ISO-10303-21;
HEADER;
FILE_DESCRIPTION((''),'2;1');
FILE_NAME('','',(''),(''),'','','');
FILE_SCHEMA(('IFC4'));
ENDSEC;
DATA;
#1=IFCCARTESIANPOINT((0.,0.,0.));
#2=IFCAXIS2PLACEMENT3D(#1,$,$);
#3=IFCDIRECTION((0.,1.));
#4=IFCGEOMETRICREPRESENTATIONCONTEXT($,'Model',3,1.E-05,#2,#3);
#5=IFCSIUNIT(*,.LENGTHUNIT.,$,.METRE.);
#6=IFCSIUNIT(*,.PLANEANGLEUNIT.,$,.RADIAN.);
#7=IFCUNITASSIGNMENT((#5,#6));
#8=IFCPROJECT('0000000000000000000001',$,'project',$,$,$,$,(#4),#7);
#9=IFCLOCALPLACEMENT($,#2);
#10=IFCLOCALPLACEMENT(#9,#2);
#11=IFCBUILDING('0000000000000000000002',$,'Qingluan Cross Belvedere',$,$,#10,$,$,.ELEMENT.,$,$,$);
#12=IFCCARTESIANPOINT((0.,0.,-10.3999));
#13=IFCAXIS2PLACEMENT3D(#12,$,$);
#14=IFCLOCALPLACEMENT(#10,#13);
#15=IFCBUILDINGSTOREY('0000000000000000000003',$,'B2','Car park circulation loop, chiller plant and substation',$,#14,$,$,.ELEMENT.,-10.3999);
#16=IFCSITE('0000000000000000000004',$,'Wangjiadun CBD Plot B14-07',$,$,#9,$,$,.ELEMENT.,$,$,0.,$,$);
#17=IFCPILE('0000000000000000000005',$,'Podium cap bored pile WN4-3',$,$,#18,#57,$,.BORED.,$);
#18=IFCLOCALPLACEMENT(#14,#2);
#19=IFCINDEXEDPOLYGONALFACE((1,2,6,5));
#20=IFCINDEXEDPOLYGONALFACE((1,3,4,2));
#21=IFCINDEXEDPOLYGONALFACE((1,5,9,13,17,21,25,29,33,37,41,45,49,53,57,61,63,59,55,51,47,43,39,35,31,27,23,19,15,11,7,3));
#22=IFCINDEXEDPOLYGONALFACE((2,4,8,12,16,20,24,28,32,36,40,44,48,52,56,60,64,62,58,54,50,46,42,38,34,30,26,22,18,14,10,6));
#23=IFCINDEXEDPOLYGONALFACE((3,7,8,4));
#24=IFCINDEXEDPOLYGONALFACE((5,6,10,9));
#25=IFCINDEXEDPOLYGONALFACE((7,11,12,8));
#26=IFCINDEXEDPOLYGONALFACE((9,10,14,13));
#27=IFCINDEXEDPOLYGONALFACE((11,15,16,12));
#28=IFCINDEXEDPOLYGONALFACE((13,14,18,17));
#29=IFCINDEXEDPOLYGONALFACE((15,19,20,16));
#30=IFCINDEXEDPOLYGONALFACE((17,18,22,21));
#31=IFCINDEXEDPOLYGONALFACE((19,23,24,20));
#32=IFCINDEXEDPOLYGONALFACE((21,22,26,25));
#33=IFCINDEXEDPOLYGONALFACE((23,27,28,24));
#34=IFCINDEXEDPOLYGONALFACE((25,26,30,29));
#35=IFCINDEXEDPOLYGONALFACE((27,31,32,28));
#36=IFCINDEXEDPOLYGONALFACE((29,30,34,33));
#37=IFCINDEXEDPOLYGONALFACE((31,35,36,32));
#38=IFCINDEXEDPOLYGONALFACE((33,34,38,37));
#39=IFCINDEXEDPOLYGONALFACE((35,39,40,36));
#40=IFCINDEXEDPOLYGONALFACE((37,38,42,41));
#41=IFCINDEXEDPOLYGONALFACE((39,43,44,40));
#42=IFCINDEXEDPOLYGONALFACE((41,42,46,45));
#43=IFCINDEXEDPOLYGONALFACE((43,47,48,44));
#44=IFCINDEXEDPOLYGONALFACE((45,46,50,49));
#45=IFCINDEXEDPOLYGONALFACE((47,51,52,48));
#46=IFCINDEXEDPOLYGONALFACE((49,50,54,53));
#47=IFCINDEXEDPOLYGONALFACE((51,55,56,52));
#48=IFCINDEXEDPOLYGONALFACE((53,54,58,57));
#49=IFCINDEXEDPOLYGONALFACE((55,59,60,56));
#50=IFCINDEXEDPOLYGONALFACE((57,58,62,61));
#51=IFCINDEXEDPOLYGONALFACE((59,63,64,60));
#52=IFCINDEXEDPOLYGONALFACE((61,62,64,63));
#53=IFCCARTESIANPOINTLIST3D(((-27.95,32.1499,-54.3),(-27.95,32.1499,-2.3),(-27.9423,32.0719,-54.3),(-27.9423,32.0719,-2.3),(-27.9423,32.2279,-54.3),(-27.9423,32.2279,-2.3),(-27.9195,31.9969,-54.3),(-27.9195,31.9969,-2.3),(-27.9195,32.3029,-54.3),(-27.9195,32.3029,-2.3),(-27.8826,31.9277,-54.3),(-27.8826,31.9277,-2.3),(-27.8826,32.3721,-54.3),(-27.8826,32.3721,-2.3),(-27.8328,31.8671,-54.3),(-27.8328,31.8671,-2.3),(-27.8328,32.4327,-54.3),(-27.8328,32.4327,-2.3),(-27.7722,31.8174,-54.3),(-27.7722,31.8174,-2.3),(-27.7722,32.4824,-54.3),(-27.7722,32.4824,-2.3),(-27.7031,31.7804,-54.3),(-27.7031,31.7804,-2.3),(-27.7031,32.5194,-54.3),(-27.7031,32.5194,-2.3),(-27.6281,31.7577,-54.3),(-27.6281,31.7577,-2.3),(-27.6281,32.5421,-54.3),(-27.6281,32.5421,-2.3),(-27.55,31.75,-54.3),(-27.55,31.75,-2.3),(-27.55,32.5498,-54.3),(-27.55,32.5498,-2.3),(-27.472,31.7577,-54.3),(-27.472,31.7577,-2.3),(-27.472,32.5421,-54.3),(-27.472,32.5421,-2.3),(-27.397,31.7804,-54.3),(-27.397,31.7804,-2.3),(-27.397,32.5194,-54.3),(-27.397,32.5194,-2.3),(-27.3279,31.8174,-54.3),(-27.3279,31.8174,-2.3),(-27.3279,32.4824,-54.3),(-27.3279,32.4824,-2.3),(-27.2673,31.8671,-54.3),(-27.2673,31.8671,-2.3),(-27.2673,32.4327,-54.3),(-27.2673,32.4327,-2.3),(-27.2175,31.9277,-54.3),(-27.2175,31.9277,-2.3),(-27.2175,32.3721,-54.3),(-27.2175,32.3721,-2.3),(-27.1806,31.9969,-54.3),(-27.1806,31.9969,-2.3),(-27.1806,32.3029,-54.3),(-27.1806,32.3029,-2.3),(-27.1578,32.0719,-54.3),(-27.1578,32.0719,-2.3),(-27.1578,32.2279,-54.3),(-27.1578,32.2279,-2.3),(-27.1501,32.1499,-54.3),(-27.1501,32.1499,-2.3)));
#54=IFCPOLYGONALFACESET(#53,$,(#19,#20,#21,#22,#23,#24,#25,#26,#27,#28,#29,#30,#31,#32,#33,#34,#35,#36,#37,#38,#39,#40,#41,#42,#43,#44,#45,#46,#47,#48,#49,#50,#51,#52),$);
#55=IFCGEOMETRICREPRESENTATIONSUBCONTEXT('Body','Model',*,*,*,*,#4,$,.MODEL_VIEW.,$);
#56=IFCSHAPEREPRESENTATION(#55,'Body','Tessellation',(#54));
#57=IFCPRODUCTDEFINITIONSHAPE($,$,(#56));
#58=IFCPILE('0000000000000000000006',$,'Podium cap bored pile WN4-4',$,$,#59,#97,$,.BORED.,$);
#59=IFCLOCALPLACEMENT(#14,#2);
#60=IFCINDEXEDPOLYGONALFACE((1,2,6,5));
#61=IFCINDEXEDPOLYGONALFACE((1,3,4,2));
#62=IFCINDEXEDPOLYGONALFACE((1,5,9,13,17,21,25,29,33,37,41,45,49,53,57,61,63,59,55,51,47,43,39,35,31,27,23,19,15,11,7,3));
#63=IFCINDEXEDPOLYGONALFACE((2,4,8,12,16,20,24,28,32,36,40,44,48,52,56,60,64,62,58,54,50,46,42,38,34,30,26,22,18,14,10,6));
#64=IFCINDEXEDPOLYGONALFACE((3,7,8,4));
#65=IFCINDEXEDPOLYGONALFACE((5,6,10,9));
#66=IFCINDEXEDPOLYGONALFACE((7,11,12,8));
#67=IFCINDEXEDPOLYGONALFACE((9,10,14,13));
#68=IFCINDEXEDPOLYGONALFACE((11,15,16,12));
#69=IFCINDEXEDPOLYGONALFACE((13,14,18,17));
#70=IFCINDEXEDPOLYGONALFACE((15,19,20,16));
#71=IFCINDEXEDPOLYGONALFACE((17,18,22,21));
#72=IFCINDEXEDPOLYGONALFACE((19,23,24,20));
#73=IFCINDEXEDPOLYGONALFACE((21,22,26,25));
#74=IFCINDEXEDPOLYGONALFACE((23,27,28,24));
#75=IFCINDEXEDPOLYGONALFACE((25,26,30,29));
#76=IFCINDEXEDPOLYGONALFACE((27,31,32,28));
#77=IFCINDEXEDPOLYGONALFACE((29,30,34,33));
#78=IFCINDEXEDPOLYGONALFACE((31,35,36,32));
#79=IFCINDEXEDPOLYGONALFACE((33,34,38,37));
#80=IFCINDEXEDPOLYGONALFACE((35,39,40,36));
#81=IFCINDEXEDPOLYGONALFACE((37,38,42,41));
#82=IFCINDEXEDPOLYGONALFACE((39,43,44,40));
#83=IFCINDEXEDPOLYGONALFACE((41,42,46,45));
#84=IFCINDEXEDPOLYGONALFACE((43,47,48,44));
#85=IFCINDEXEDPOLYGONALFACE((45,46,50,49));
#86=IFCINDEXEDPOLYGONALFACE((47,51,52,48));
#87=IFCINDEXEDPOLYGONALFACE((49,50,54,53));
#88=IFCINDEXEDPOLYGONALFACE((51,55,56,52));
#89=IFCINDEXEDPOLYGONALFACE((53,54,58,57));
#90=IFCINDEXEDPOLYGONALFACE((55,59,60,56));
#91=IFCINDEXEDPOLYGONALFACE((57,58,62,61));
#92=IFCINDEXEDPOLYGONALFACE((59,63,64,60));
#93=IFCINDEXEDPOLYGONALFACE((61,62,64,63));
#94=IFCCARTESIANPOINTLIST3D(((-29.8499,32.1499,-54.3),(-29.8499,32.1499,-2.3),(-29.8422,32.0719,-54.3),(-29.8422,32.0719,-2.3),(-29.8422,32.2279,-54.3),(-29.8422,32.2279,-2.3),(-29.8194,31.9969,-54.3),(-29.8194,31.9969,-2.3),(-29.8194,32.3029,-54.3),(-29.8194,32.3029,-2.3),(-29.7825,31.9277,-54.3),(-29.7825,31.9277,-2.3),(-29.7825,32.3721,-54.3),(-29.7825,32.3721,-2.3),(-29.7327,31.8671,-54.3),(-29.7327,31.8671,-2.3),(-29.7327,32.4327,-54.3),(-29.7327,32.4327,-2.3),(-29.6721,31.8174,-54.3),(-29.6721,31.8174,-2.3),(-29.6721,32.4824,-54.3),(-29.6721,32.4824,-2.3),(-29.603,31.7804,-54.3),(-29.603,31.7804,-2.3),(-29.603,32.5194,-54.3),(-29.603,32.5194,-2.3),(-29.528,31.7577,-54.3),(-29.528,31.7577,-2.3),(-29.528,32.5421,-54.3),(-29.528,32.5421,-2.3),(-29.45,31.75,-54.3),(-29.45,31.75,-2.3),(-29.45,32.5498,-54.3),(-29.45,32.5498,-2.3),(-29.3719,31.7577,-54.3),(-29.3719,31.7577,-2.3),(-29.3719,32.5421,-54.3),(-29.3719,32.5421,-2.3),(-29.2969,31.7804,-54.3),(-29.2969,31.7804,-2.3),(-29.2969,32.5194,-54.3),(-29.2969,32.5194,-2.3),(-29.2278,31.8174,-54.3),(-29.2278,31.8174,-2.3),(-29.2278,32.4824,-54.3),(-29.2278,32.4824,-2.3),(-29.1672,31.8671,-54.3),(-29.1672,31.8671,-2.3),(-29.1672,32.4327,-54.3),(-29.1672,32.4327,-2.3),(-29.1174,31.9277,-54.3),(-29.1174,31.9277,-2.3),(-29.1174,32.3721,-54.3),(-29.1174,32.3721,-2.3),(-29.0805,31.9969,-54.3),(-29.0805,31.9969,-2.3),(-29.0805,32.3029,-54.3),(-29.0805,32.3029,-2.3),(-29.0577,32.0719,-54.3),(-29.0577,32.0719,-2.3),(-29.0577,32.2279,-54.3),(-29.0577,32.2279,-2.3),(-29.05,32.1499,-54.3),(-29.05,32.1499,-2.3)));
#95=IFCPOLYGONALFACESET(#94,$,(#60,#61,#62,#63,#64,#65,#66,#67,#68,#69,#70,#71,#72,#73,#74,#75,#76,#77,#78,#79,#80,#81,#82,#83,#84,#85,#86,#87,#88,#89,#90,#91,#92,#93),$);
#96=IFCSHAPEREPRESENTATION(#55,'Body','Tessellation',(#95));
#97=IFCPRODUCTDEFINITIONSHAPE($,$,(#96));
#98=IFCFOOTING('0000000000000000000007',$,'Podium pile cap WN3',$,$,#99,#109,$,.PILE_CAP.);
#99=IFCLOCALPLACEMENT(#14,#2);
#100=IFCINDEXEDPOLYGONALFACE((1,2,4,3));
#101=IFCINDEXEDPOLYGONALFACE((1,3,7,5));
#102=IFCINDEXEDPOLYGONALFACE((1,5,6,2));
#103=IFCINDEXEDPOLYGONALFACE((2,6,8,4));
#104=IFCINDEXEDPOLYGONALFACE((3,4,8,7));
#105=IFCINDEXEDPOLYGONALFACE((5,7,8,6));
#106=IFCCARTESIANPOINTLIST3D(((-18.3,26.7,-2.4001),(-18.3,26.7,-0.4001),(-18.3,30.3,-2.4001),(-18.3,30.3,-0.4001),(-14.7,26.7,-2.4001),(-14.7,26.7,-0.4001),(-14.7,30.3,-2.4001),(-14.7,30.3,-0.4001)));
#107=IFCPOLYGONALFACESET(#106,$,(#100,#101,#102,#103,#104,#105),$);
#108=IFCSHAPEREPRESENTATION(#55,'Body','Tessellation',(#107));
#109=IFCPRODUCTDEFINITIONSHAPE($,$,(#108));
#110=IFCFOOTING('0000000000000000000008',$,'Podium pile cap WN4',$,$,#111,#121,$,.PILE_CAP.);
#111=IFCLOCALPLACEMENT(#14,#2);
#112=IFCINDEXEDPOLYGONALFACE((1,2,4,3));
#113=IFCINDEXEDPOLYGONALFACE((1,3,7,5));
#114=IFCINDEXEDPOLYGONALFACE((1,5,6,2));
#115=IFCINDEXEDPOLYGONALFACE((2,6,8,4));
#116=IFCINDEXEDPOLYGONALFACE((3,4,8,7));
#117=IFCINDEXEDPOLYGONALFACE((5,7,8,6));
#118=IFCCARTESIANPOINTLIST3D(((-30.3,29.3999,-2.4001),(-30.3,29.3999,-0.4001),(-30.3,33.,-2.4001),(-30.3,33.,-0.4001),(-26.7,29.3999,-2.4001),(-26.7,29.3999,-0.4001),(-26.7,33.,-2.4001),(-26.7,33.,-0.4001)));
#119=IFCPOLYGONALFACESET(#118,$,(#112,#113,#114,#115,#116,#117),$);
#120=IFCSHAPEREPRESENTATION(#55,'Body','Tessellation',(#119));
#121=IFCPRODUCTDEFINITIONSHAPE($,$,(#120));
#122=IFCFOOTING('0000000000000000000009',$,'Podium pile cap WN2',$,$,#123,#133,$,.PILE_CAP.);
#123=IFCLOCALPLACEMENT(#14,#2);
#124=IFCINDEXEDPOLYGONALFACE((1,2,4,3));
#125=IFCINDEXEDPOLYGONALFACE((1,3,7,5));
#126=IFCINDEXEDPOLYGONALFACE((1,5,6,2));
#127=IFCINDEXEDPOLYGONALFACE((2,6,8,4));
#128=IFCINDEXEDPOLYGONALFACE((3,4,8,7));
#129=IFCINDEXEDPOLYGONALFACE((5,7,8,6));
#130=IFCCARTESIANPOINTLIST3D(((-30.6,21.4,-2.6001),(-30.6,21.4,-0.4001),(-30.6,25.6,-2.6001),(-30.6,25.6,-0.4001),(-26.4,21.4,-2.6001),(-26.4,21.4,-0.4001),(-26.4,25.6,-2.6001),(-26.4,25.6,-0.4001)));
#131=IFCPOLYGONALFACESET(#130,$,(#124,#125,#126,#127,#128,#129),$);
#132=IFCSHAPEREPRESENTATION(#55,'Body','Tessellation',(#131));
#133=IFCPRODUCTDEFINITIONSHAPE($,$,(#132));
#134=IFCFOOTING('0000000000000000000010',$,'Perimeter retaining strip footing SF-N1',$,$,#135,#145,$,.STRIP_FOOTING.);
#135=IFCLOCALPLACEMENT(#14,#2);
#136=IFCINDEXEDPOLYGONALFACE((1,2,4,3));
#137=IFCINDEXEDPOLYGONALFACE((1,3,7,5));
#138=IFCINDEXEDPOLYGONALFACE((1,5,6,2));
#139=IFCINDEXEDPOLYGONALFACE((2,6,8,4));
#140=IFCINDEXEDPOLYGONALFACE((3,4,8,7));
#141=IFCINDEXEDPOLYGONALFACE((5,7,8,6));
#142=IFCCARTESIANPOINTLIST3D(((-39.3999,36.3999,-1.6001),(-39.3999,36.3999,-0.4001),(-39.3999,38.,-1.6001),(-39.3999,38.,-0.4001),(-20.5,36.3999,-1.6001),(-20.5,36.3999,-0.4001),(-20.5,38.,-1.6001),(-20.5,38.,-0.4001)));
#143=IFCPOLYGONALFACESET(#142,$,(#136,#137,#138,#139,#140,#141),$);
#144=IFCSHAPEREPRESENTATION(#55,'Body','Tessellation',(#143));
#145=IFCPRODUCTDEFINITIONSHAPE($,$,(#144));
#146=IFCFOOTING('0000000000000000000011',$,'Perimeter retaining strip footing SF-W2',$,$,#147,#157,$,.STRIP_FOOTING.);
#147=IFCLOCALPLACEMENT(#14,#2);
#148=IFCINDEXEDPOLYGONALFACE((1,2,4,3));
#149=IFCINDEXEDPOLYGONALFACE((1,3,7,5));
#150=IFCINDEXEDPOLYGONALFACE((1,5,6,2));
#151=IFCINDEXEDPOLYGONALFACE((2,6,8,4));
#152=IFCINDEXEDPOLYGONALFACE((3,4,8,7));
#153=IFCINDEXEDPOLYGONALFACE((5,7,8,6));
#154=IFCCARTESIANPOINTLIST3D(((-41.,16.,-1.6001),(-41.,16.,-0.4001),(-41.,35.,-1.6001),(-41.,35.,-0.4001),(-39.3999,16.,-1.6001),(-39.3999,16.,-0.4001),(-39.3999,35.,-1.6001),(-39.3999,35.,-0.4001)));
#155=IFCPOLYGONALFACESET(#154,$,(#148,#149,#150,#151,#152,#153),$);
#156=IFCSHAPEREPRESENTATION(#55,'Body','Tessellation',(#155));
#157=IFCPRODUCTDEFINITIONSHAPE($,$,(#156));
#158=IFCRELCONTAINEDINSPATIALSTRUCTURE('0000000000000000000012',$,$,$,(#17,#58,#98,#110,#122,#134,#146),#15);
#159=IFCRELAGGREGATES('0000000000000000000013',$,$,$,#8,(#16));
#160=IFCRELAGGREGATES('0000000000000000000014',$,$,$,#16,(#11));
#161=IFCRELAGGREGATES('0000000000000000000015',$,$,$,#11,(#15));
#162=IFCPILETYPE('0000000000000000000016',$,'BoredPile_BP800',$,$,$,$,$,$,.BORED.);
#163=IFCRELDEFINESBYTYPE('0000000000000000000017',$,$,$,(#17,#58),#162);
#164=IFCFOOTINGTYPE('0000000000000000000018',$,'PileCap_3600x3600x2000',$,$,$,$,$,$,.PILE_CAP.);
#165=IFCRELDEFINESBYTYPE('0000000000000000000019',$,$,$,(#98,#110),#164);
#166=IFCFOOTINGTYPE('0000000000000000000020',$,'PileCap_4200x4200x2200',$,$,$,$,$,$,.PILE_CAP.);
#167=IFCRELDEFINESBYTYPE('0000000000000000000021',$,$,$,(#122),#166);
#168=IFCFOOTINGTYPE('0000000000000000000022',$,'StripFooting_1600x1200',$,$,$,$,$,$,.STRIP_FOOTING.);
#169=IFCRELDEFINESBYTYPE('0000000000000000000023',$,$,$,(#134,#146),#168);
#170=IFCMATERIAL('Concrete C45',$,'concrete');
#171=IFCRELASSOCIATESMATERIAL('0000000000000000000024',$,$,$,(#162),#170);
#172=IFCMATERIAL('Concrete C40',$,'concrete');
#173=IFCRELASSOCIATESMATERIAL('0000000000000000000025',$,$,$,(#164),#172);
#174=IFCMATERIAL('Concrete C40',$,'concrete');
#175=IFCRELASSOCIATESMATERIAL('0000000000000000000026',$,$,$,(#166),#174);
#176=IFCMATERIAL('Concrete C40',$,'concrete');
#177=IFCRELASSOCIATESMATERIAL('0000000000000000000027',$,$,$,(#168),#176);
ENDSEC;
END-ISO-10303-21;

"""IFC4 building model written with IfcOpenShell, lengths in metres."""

from ifc_helpers import new_model, si_unit, direction, frame, origin, origin_2d, place, context, subcontext, project, spatial, rectangle, circle, extrude, material, material_profile, profile_set, type_object, element, save


model = new_model("IFC4")

# Units and contexts
model_context = context("Model", 3, precision=1e-05, world=origin(), true_north=direction((0.0, 1.0)))
body_context = subcontext(model_context, "Body", "Model", "MODEL_VIEW")
ifc_project = project(units=[si_unit("LENGTHUNIT", "METRE"), si_unit("PLANEANGLEUNIT", "RADIAN")], contexts=[model_context])

# Site, building, storey
site_placement = place(None, origin())
site = spatial("IfcSite", under=ifc_project, at=site_placement, Name="Wangjiadun CBD Plot B14-07", CompositionType="ELEMENT", RefElevation=0.0)
building_placement = place(site_placement, origin())
building = spatial("IfcBuilding", under=site, at=building_placement, Name="Qingluan Cross Belvedere", CompositionType="ELEMENT")
storey_placement = place(building_placement, frame((0.0, 0.0, -10.3999)))
storey = spatial("IfcBuildingStorey", under=building, at=storey_placement, Name="B2", Description="Car park circulation loop, chiller plant and substation", CompositionType="ELEMENT", Elevation=-10.3999)

# Piles
ifc_material_1 = material(Name="Concrete C45", Category="concrete")
ifc_material_profile_1 = material_profile(ifc_material_1, circle(Radius=0.3999, at=origin_2d()), Name="BP800")
ifc_profile_set_1 = profile_set([ifc_material_profile_1], Name="Concrete C45")
pile_type_1 = type_object("IfcPileType", Name="BoredPile_BP800", PredefinedType="BORED", material=ifc_profile_set_1)
for number, where, z_axis, x_axis, name in (
    (1, (-27.55, 32.1499, -2.3), (0.0, 0.0, -1.0), (1.0, 0.0, 0.0), "Podium cap bored pile WN4-3"),
    (2, (-29.45, 32.1499, -2.3), (0.0, 0.0, -1.0), (1.0, 0.0, 0.0), "Podium cap bored pile WN4-4"),
):
    element("IfcPile", number, at=place(storey_placement, frame(where, z_axis=z_axis, x_axis=x_axis)), inside=storey, type_object=pile_type_1, Name=name, PredefinedType="BORED", context=body_context, shape_type="SweptSolid", body=[
        extrude(circle(Radius=0.3999, at=origin_2d()), origin(), (0.0, 0.0, 1.0), 52.0),
    ])

# Footings
ifc_material_2 = material(Name="Concrete C40", Category="concrete")
footing_type_1 = type_object("IfcFootingType", Name="PileCap_3600x3600x2000", PredefinedType="PILE_CAP", material=ifc_material_2)
for number, where, z_axis, x_axis, name in (
    (3, (-16.5, 28.5, -2.4001), (0.0, 0.0, 1.0), (1.0, 0.0, 0.0), "Podium pile cap WN3"),
    (4, (-28.5, 31.2, -2.4001), (0.0, 0.0, 1.0), (1.0, 0.0, 0.0), "Podium pile cap WN4"),
):
    element("IfcFooting", number, at=place(storey_placement, frame(where, z_axis=z_axis, x_axis=x_axis)), inside=storey, type_object=footing_type_1, Name=name, PredefinedType="PILE_CAP", context=body_context, shape_type="SweptSolid", body=[
        extrude(rectangle(XDim=3.6001, YDim=3.6001, at=origin_2d()), origin(), (0.0, 0.0, 1.0), 2.0),
    ])
ifc_material_3 = material(Name="Concrete C40", Category="concrete")
footing_type_2 = type_object("IfcFootingType", Name="PileCap_4200x4200x2200", PredefinedType="PILE_CAP", material=ifc_material_3)
footing_1_placement = place(storey_placement, frame((-28.5, 23.5, -2.6001), z_axis=(0.0, 0.0, 1.0), x_axis=(1.0, 0.0, 0.0)))
element("IfcFooting", 5, at=footing_1_placement, inside=storey, type_object=footing_type_2, Name="Podium pile cap WN2", PredefinedType="PILE_CAP", context=body_context, shape_type="SweptSolid", body=[
    extrude(rectangle(XDim=4.2, YDim=4.2, at=origin_2d()), origin(), (0.0, 0.0, 1.0), 2.2),
])
ifc_material_4 = material(Name="Concrete C40", Category="concrete")
footing_type_3 = type_object("IfcFootingType", Name="StripFooting_1600x1200", PredefinedType="STRIP_FOOTING", material=ifc_material_4)
footing_2_placement = place(storey_placement, frame((-29.95, 37.2, -1.6001), z_axis=(0.0, 0.0, 1.0), x_axis=(1.0, 0.0, 0.0)))
element("IfcFooting", 6, at=footing_2_placement, inside=storey, type_object=footing_type_3, Name="Perimeter retaining strip footing SF-N1", PredefinedType="STRIP_FOOTING", context=body_context, shape_type="SweptSolid", body=[
    extrude(rectangle(XDim=18.8999, YDim=1.6001, at=origin_2d()), origin(), (0.0, 0.0, 1.0), 1.2),
])
footing_3_placement = place(storey_placement, frame((-40.2, 25.5, -1.6001), z_axis=(0.0, 0.0, 1.0), x_axis=(0.0, 1.0, 0.0)))
element("IfcFooting", 7, at=footing_3_placement, inside=storey, type_object=footing_type_3, Name="Perimeter retaining strip footing SF-W2", PredefinedType="STRIP_FOOTING", context=body_context, shape_type="SweptSolid", body=[
    extrude(rectangle(XDim=19.0, YDim=1.6001, at=origin_2d()), origin(), (0.0, 0.0, 1.0), 1.2),
])

save(model, "model.ifc")
